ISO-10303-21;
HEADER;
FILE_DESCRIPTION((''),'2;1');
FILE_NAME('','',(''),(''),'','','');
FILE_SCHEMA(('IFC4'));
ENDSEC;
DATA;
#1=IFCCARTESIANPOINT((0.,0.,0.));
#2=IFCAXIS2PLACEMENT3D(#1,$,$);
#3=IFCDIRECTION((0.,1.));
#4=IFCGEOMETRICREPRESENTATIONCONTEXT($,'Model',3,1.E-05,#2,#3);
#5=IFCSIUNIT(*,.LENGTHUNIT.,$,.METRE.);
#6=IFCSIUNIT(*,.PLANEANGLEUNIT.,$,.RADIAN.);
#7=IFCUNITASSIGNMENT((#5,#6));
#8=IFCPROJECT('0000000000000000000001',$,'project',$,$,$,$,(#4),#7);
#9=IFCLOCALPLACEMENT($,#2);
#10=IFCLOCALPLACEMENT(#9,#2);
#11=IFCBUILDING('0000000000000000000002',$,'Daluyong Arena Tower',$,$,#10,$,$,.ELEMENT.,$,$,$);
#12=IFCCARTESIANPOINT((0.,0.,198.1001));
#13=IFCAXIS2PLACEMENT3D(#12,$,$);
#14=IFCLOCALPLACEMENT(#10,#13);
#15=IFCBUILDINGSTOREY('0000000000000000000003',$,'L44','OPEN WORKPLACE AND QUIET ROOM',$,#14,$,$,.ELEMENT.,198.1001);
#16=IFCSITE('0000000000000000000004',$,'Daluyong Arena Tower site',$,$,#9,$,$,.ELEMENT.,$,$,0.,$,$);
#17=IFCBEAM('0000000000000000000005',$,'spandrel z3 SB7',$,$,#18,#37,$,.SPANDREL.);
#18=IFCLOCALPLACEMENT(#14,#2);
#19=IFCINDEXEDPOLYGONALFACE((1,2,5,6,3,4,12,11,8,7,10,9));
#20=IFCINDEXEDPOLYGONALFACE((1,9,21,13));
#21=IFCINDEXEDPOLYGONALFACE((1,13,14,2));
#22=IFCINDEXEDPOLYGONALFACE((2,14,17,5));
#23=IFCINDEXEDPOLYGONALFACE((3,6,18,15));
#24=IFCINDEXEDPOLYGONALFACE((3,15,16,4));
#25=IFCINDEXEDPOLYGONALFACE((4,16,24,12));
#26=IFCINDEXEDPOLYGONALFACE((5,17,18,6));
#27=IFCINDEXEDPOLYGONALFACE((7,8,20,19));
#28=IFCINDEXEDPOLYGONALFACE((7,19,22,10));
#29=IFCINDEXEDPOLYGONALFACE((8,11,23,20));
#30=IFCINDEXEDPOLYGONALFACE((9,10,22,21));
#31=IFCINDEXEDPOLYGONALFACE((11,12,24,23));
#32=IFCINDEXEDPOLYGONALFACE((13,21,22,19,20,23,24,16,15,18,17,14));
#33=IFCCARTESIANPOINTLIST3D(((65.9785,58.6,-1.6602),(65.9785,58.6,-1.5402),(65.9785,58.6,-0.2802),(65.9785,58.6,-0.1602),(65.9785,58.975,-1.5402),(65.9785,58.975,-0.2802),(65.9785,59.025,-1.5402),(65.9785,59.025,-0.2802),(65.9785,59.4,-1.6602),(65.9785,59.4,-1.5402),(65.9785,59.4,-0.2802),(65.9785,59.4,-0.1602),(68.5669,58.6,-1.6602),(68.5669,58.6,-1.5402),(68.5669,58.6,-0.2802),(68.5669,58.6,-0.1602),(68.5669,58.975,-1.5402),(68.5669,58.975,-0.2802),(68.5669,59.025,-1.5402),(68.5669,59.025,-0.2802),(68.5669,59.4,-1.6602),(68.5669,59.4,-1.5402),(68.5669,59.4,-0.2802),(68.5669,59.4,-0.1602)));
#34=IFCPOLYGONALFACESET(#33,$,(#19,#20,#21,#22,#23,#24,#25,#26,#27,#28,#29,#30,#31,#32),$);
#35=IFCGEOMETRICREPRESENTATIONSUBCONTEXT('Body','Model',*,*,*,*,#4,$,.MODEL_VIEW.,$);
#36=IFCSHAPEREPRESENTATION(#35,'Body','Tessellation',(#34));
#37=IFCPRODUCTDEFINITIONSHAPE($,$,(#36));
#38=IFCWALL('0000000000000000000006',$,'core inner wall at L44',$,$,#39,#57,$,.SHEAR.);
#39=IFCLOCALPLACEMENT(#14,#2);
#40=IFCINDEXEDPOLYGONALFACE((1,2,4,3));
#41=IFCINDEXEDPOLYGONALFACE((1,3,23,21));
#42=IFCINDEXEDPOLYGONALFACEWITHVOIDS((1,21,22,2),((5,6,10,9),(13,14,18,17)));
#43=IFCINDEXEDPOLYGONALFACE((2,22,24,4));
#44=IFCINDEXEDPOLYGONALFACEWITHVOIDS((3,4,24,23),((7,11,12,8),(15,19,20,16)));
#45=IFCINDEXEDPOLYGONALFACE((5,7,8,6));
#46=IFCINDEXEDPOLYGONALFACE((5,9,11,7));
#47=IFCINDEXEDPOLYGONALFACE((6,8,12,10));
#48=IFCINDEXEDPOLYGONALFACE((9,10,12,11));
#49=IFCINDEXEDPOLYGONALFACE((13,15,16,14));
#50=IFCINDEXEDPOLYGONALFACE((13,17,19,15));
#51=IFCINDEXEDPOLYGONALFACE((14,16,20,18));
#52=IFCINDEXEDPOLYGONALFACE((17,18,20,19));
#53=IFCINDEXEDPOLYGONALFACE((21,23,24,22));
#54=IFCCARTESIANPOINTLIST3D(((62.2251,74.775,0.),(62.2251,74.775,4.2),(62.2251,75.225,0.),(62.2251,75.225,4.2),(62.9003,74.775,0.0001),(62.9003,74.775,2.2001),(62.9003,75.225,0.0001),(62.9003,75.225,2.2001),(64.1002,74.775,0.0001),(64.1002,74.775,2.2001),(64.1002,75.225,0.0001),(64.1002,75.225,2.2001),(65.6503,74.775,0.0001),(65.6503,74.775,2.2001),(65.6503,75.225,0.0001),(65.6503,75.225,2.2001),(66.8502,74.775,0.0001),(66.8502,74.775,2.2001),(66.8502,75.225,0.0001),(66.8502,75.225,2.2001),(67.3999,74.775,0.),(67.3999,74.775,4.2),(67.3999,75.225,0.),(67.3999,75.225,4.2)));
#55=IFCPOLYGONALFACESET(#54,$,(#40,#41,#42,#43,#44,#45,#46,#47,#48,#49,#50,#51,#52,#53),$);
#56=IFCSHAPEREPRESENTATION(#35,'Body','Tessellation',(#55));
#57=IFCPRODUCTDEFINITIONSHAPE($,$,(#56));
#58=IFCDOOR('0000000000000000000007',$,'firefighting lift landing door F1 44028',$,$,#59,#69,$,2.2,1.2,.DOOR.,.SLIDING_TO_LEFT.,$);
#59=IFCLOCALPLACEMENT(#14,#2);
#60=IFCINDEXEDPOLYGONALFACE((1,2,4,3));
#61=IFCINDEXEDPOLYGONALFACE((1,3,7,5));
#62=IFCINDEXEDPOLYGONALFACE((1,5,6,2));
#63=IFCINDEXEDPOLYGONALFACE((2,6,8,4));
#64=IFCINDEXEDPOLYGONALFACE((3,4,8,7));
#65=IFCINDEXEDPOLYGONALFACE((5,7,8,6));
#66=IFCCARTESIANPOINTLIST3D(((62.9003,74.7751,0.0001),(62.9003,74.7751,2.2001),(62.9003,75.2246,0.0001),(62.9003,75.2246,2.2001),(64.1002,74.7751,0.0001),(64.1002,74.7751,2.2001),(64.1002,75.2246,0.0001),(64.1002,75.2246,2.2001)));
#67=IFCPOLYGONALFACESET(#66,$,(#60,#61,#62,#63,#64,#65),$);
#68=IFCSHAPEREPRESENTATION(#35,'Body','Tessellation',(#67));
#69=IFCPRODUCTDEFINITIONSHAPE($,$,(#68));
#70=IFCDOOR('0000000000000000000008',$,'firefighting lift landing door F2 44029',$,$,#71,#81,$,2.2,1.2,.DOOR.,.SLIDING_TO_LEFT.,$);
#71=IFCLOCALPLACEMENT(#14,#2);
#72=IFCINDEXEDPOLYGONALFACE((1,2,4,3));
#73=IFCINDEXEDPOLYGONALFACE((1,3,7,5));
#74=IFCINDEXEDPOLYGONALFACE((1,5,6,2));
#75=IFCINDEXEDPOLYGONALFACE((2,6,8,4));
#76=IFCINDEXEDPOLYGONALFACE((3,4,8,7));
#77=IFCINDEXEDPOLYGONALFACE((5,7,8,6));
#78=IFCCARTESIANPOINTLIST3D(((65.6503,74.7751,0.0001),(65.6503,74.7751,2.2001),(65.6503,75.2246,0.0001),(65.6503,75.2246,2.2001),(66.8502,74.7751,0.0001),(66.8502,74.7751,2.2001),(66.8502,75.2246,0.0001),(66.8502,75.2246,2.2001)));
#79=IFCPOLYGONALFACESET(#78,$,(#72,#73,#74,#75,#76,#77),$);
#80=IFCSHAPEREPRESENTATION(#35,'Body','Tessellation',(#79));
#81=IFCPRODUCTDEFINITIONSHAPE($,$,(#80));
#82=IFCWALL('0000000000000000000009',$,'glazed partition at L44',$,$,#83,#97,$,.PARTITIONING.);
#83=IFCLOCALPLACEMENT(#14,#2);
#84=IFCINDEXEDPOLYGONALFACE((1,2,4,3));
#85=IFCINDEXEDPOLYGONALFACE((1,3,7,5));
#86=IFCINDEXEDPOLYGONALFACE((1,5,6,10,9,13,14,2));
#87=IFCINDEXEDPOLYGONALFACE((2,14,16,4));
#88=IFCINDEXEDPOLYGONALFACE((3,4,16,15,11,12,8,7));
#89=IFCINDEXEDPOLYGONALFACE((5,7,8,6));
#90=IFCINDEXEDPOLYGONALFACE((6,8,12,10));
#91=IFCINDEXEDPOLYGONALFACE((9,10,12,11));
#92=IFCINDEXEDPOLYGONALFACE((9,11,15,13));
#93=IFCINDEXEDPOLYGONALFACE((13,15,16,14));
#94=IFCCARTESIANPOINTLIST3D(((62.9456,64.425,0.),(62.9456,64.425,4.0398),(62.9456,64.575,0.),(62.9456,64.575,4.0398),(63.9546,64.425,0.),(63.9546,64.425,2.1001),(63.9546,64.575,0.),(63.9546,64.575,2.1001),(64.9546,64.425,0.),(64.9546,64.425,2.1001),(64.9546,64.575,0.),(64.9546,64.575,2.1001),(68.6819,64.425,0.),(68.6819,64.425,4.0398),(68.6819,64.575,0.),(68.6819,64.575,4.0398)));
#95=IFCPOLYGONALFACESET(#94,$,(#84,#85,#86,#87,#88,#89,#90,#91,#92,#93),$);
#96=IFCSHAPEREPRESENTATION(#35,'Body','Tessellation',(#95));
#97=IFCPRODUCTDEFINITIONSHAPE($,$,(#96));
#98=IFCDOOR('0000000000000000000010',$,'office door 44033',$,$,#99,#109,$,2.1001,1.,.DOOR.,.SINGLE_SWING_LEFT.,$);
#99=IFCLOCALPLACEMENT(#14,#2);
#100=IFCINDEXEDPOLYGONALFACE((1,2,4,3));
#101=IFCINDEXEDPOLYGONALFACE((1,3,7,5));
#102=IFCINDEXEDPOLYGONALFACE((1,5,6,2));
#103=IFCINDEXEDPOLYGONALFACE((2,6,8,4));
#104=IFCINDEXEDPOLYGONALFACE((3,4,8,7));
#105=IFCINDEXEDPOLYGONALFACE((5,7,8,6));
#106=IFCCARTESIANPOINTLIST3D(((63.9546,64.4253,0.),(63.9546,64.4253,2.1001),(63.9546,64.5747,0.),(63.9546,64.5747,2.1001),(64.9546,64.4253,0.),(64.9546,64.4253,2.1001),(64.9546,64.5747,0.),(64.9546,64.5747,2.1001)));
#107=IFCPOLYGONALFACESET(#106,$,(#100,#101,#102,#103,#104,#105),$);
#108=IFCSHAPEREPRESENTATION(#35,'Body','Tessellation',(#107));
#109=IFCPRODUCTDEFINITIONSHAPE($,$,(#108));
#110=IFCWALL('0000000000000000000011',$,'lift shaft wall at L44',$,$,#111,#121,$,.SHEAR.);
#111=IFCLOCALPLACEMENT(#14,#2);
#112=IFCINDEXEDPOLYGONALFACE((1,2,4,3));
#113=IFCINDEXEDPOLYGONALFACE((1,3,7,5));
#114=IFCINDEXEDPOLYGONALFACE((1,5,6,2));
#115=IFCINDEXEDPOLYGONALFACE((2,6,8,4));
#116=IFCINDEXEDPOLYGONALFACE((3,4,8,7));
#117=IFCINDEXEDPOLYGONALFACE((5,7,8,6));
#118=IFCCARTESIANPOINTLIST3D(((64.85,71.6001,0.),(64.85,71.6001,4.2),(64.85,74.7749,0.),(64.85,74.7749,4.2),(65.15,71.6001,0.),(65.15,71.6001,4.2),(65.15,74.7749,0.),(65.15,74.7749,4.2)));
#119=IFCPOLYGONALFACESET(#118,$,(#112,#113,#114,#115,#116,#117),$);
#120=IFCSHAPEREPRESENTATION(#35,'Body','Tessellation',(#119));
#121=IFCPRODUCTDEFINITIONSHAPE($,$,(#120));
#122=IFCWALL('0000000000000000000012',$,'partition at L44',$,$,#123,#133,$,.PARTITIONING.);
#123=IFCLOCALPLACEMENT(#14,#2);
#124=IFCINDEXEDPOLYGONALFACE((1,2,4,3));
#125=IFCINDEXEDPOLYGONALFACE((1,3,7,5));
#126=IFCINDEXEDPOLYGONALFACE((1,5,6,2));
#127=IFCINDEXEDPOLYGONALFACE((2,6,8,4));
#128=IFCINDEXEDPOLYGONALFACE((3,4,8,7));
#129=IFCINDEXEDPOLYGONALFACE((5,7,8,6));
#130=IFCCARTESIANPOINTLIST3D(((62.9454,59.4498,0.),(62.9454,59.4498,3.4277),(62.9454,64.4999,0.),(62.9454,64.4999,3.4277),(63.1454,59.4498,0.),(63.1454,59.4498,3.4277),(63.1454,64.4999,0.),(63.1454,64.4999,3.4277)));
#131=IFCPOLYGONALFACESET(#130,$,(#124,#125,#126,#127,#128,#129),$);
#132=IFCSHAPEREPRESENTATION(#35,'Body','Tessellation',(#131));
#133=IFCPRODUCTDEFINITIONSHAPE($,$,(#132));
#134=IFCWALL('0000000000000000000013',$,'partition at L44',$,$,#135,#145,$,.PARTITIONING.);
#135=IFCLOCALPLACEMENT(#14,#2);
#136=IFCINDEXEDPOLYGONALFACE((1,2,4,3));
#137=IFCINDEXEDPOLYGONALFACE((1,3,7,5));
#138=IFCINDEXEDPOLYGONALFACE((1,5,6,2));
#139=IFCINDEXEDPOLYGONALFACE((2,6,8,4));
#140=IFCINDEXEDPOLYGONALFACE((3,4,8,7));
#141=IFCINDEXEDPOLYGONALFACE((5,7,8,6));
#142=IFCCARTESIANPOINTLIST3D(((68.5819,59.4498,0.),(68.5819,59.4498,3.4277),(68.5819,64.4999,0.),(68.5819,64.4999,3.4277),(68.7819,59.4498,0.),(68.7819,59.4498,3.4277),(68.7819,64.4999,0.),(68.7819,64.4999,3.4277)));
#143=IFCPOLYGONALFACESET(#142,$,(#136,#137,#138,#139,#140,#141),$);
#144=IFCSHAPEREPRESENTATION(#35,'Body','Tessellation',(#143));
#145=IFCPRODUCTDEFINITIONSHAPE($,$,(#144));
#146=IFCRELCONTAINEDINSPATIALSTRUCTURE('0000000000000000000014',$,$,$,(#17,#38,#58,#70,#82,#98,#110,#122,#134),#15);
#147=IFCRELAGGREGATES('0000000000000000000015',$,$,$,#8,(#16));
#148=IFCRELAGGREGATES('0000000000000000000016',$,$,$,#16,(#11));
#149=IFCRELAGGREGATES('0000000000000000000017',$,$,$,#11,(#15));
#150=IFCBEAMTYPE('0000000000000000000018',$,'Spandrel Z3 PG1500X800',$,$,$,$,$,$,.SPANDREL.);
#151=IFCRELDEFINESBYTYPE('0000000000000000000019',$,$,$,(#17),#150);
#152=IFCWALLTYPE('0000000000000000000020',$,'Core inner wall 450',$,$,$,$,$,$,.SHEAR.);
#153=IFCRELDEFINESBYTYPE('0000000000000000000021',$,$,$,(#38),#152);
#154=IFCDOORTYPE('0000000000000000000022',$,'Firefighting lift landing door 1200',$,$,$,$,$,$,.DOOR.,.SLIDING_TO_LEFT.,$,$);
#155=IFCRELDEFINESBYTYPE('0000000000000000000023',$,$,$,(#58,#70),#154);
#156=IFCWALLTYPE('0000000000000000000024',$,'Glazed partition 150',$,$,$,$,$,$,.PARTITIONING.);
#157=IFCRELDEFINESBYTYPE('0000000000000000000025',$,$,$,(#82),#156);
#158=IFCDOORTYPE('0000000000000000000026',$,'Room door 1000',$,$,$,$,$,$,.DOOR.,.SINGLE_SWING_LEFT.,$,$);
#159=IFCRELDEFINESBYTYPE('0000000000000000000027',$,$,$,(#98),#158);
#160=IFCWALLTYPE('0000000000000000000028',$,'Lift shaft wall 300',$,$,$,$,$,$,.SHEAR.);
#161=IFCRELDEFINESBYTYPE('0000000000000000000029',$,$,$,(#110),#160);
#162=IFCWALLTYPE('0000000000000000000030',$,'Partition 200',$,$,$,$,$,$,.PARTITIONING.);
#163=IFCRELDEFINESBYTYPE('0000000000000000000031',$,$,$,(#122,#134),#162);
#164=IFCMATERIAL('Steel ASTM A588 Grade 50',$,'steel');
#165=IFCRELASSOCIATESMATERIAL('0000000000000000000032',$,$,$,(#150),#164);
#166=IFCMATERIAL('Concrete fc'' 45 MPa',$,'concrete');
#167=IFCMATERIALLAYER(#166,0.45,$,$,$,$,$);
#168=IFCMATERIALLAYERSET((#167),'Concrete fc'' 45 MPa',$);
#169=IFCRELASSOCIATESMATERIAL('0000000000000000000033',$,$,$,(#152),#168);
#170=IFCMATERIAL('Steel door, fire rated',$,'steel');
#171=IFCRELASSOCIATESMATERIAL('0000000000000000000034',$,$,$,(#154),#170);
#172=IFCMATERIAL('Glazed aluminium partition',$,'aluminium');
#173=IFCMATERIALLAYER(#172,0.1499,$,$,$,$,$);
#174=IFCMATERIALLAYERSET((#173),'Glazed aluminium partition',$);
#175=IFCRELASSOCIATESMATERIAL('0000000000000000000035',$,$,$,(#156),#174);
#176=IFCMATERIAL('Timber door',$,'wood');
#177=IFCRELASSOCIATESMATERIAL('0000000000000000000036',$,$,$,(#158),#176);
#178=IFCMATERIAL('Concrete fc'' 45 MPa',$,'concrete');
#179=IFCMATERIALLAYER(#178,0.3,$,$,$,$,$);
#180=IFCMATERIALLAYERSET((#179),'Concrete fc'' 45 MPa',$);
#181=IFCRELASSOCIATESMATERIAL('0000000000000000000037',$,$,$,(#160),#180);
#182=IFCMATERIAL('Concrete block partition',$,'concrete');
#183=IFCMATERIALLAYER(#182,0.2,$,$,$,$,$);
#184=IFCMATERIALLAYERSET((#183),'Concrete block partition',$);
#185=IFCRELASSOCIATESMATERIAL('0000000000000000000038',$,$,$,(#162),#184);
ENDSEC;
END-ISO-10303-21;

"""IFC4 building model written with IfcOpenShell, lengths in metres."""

from ifc_helpers import new_model, si_unit, direction, frame, frame_2d, origin, origin_2d, place, context, subcontext, project, spatial, rectangle, i_section, extrude, material, layer, layer_set, material_profile, profile_set, type_object, element, fill, save


model = new_model("IFC4")

# Units and contexts
model_context = context("Model", 3, precision=1e-05, world=origin(), true_north=direction((0.0, 1.0)))
body_context = subcontext(model_context, "Body", "Model", "MODEL_VIEW")
ifc_project = project(units=[si_unit("LENGTHUNIT", "METRE"), si_unit("PLANEANGLEUNIT", "RADIAN")], contexts=[model_context])

# Site, building, storey
site_placement = place(None, origin())
site = spatial("IfcSite", under=ifc_project, at=site_placement, Name="Daluyong Arena Tower site", CompositionType="ELEMENT", RefElevation=0.0)
building_placement = place(site_placement, origin())
building = spatial("IfcBuilding", under=site, at=building_placement, Name="Daluyong Arena Tower", CompositionType="ELEMENT")
storey_placement = place(building_placement, frame((0.0, 0.0, 198.1001)))
storey = spatial("IfcBuildingStorey", under=building, at=storey_placement, Name="L44", Description="OPEN WORKPLACE AND QUIET ROOM", CompositionType="ELEMENT", Elevation=198.1001)

# Beam
ifc_material_1 = material(Name="Steel ASTM A588 Grade 50", Category="steel")
ifc_material_profile_1 = material_profile(ifc_material_1, i_section(OverallWidth=0.8, OverallDepth=1.5, WebThickness=0.05, FlangeThickness=0.12, at=origin_2d()))
ifc_profile_set_1 = profile_set([ifc_material_profile_1], Name="Steel ASTM A588 Grade 50")
beam_type_1 = type_object("IfcBeamType", Name="Spandrel Z3 PG1500X800", PredefinedType="SPANDREL", material=ifc_profile_set_1)
beam_1_placement = place(storey_placement, frame((65.9785, 59.0, -0.9102), z_axis=(1.0, 0.0, 0.0), x_axis=(0.0, 1.0, 0.0)))
element("IfcBeam", 1, at=beam_1_placement, inside=storey, type_object=beam_type_1, Name="spandrel z3 SB7", PredefinedType="SPANDREL", context=body_context, shape_type="SweptSolid", body=[
    extrude(i_section(OverallWidth=0.8, OverallDepth=1.5, WebThickness=0.05, FlangeThickness=0.12, at=origin_2d()), origin(), (0.0, 0.0, 1.0), 2.5884),
])

# Shared definitions
ifc_material_2 = material(Name="Concrete fc' 45 MPa", Category="concrete")
ifc_layer_1 = layer(ifc_material_2, 0.45)
ifc_layer_set_1 = layer_set([ifc_layer_1], Name="Concrete fc' 45 MPa")
wall_type_1 = type_object("IfcWallType", Name="Core inner wall 450", PredefinedType="SHEAR", material=ifc_layer_set_1)

# Wall, openings, doors
wall_1_placement = place(storey_placement, frame((62.2251, 75.0, 0.0), z_axis=(0.0, 0.0, 1.0), x_axis=(1.0, 0.0, 0.0)))
wall_1 = element("IfcWall", 2, at=wall_1_placement, inside=storey, type_object=wall_type_1, Name="core inner wall at L44", PredefinedType="SHEAR", context=body_context, shape_type="SweptSolid", body=[
    extrude(rectangle(XDim=5.1748, YDim=0.45, at=frame_2d((2.5874, 0.0))), origin(), (0.0, 0.0, 1.0), 4.2),
])
opening_1_placement = place(wall_1_placement, frame((0.675, 0.0, 0.0)))
opening_1 = element("IfcOpeningElement", 3, at=opening_1_placement, cuts=wall_1, PredefinedType="OPENING", context=body_context, shape_type="SweptSolid", body=[
    extrude(rectangle(XDim=1.2, YDim=2.2, at=frame_2d((0.6001, 1.1001))), frame((0.0, 0.2349, 0.0), z_axis=(0.0, -1.0, 0.0), x_axis=(1.0, 0.0, 0.0)), (0.0, 0.0, 1.0), 0.47),
])
opening_2_placement = place(wall_1_placement, frame((3.425, 0.0, 0.0)))
opening_2 = element("IfcOpeningElement", 4, at=opening_2_placement, cuts=wall_1, PredefinedType="OPENING", context=body_context, shape_type="SweptSolid", body=[
    extrude(rectangle(XDim=1.2, YDim=2.2, at=frame_2d((0.6001, 1.1001))), frame((0.0, 0.2349, 0.0), z_axis=(0.0, -1.0, 0.0), x_axis=(1.0, 0.0, 0.0)), (0.0, 0.0, 1.0), 0.47),
])
ifc_material_3 = material(Name="Steel door, fire rated", Category="steel")
door_type_1 = type_object("IfcDoorType", Name="Firefighting lift landing door 1200", OperationType="SLIDING_TO_LEFT", PredefinedType="DOOR", material=ifc_material_3)
door_1_placement = place(opening_1_placement, origin())
door_1 = element("IfcDoor", 5, at=door_1_placement, inside=storey, type_object=door_type_1, Name="firefighting lift landing door F1 44028", OperationType="SLIDING_TO_LEFT", OverallHeight=2.2, OverallWidth=1.2, PredefinedType="DOOR", context=body_context, shape_type="SweptSolid", body=[
    extrude(rectangle(XDim=1.2, YDim=2.2, at=frame_2d((0.6001, 1.1001))), frame((0.0, 0.2246, 0.0), z_axis=(0.0, -1.0, 0.0), x_axis=(1.0, 0.0, 0.0)), (0.0, 0.0, 1.0), 0.4495),
])
fill(opening_1, door_1)
door_2_placement = place(opening_2_placement, origin())
door_2 = element("IfcDoor", 6, at=door_2_placement, inside=storey, type_object=door_type_1, Name="firefighting lift landing door F2 44029", OperationType="SLIDING_TO_LEFT", OverallHeight=2.2, OverallWidth=1.2, PredefinedType="DOOR", context=body_context, shape_type="SweptSolid", body=[
    extrude(rectangle(XDim=1.2, YDim=2.2, at=frame_2d((0.6001, 1.1001))), frame((0.0, 0.2246, 0.0), z_axis=(0.0, -1.0, 0.0), x_axis=(1.0, 0.0, 0.0)), (0.0, 0.0, 1.0), 0.4495),
])
fill(opening_2, door_2)

# Wall, opening, door
ifc_material_4 = material(Name="Glazed aluminium partition", Category="aluminium")
ifc_layer_2 = layer(ifc_material_4, 0.1499)
ifc_layer_set_2 = layer_set([ifc_layer_2], Name="Glazed aluminium partition")
wall_type_2 = type_object("IfcWallType", Name="Glazed partition 150", PredefinedType="PARTITIONING", material=ifc_layer_set_2)
wall_2_placement = place(storey_placement, frame((62.9456, 64.5, 0.0), z_axis=(0.0, 0.0, 1.0), x_axis=(1.0, 0.0, 0.0)))
wall_2 = element("IfcWall", 7, at=wall_2_placement, inside=storey, type_object=wall_type_2, Name="glazed partition at L44", PredefinedType="PARTITIONING", context=body_context, shape_type="SweptSolid", body=[
    extrude(rectangle(XDim=5.7363, YDim=0.1499, at=frame_2d((2.8682, 0.0))), origin(), (0.0, 0.0, 1.0), 4.0398),
])
opening_3_placement = place(wall_2_placement, frame((1.009, 0.0, 0.0)))
opening_3 = element("IfcOpeningElement", 8, at=opening_3_placement, cuts=wall_2, PredefinedType="OPENING", context=body_context, shape_type="SweptSolid", body=[
    extrude(rectangle(XDim=1.0, YDim=2.1001, at=frame_2d((0.5, 1.05))), frame((0.0, 0.085, 0.0), z_axis=(0.0, -1.0, 0.0), x_axis=(1.0, 0.0, 0.0)), (0.0, 0.0, 1.0), 0.1699),
])
ifc_material_5 = material(Name="Timber door", Category="wood")
door_type_2 = type_object("IfcDoorType", Name="Room door 1000", OperationType="SINGLE_SWING_LEFT", PredefinedType="DOOR", material=ifc_material_5)
door_3_placement = place(opening_3_placement, origin())
door_3 = element("IfcDoor", 9, at=door_3_placement, inside=storey, type_object=door_type_2, Name="office door 44033", OperationType="SINGLE_SWING_LEFT", OverallHeight=2.1001, OverallWidth=1.0, PredefinedType="DOOR", context=body_context, shape_type="SweptSolid", body=[
    extrude(rectangle(XDim=1.0, YDim=2.1001, at=frame_2d((0.5, 1.05))), frame((0.0, 0.0747, 0.0), z_axis=(0.0, -1.0, 0.0), x_axis=(1.0, 0.0, 0.0)), (0.0, 0.0, 1.0), 0.1494),
])
fill(opening_3, door_3)

# Walls
ifc_material_6 = material(Name="Concrete fc' 45 MPa", Category="concrete")
ifc_layer_3 = layer(ifc_material_6, 0.3)
ifc_layer_set_3 = layer_set([ifc_layer_3], Name="Concrete fc' 45 MPa")
wall_type_3 = type_object("IfcWallType", Name="Lift shaft wall 300", PredefinedType="SHEAR", material=ifc_layer_set_3)
wall_3_placement = place(storey_placement, frame((65.0, 71.6001, 0.0), z_axis=(0.0, 0.0, 1.0), x_axis=(0.0, 1.0, 0.0)))
element("IfcWall", 10, at=wall_3_placement, inside=storey, type_object=wall_type_3, Name="lift shaft wall at L44", PredefinedType="SHEAR", context=body_context, shape_type="SweptSolid", body=[
    extrude(rectangle(XDim=3.1748, YDim=0.3, at=frame_2d((1.5874, 0.0))), origin(), (0.0, 0.0, 1.0), 4.2),
])
ifc_material_7 = material(Name="Concrete block partition", Category="concrete")
ifc_layer_4 = layer(ifc_material_7, 0.2)
ifc_layer_set_4 = layer_set([ifc_layer_4], Name="Concrete block partition")
wall_type_4 = type_object("IfcWallType", Name="Partition 200", PredefinedType="PARTITIONING", material=ifc_layer_set_4)
for number, where, z_axis, x_axis, name in (
    (11, (63.0454, 59.45, 0.0), (0.0, 0.0, 1.0), (0.0, 1.0, 0.0), "partition at L44"),
    (12, (68.6819, 59.45, 0.0), (0.0, 0.0, 1.0), (0.0, 1.0, 0.0), "partition at L44"),
):
    element("IfcWall", number, at=place(storey_placement, frame(where, z_axis=z_axis, x_axis=x_axis)), inside=storey, type_object=wall_type_4, Name=name, PredefinedType="PARTITIONING", context=body_context, shape_type="SweptSolid", body=[
        extrude(rectangle(XDim=5.05, YDim=0.2, at=frame_2d((2.5249, 0.0))), origin(), (0.0, 0.0, 1.0), 3.4277),
    ])

save(model, "model.ifc")
